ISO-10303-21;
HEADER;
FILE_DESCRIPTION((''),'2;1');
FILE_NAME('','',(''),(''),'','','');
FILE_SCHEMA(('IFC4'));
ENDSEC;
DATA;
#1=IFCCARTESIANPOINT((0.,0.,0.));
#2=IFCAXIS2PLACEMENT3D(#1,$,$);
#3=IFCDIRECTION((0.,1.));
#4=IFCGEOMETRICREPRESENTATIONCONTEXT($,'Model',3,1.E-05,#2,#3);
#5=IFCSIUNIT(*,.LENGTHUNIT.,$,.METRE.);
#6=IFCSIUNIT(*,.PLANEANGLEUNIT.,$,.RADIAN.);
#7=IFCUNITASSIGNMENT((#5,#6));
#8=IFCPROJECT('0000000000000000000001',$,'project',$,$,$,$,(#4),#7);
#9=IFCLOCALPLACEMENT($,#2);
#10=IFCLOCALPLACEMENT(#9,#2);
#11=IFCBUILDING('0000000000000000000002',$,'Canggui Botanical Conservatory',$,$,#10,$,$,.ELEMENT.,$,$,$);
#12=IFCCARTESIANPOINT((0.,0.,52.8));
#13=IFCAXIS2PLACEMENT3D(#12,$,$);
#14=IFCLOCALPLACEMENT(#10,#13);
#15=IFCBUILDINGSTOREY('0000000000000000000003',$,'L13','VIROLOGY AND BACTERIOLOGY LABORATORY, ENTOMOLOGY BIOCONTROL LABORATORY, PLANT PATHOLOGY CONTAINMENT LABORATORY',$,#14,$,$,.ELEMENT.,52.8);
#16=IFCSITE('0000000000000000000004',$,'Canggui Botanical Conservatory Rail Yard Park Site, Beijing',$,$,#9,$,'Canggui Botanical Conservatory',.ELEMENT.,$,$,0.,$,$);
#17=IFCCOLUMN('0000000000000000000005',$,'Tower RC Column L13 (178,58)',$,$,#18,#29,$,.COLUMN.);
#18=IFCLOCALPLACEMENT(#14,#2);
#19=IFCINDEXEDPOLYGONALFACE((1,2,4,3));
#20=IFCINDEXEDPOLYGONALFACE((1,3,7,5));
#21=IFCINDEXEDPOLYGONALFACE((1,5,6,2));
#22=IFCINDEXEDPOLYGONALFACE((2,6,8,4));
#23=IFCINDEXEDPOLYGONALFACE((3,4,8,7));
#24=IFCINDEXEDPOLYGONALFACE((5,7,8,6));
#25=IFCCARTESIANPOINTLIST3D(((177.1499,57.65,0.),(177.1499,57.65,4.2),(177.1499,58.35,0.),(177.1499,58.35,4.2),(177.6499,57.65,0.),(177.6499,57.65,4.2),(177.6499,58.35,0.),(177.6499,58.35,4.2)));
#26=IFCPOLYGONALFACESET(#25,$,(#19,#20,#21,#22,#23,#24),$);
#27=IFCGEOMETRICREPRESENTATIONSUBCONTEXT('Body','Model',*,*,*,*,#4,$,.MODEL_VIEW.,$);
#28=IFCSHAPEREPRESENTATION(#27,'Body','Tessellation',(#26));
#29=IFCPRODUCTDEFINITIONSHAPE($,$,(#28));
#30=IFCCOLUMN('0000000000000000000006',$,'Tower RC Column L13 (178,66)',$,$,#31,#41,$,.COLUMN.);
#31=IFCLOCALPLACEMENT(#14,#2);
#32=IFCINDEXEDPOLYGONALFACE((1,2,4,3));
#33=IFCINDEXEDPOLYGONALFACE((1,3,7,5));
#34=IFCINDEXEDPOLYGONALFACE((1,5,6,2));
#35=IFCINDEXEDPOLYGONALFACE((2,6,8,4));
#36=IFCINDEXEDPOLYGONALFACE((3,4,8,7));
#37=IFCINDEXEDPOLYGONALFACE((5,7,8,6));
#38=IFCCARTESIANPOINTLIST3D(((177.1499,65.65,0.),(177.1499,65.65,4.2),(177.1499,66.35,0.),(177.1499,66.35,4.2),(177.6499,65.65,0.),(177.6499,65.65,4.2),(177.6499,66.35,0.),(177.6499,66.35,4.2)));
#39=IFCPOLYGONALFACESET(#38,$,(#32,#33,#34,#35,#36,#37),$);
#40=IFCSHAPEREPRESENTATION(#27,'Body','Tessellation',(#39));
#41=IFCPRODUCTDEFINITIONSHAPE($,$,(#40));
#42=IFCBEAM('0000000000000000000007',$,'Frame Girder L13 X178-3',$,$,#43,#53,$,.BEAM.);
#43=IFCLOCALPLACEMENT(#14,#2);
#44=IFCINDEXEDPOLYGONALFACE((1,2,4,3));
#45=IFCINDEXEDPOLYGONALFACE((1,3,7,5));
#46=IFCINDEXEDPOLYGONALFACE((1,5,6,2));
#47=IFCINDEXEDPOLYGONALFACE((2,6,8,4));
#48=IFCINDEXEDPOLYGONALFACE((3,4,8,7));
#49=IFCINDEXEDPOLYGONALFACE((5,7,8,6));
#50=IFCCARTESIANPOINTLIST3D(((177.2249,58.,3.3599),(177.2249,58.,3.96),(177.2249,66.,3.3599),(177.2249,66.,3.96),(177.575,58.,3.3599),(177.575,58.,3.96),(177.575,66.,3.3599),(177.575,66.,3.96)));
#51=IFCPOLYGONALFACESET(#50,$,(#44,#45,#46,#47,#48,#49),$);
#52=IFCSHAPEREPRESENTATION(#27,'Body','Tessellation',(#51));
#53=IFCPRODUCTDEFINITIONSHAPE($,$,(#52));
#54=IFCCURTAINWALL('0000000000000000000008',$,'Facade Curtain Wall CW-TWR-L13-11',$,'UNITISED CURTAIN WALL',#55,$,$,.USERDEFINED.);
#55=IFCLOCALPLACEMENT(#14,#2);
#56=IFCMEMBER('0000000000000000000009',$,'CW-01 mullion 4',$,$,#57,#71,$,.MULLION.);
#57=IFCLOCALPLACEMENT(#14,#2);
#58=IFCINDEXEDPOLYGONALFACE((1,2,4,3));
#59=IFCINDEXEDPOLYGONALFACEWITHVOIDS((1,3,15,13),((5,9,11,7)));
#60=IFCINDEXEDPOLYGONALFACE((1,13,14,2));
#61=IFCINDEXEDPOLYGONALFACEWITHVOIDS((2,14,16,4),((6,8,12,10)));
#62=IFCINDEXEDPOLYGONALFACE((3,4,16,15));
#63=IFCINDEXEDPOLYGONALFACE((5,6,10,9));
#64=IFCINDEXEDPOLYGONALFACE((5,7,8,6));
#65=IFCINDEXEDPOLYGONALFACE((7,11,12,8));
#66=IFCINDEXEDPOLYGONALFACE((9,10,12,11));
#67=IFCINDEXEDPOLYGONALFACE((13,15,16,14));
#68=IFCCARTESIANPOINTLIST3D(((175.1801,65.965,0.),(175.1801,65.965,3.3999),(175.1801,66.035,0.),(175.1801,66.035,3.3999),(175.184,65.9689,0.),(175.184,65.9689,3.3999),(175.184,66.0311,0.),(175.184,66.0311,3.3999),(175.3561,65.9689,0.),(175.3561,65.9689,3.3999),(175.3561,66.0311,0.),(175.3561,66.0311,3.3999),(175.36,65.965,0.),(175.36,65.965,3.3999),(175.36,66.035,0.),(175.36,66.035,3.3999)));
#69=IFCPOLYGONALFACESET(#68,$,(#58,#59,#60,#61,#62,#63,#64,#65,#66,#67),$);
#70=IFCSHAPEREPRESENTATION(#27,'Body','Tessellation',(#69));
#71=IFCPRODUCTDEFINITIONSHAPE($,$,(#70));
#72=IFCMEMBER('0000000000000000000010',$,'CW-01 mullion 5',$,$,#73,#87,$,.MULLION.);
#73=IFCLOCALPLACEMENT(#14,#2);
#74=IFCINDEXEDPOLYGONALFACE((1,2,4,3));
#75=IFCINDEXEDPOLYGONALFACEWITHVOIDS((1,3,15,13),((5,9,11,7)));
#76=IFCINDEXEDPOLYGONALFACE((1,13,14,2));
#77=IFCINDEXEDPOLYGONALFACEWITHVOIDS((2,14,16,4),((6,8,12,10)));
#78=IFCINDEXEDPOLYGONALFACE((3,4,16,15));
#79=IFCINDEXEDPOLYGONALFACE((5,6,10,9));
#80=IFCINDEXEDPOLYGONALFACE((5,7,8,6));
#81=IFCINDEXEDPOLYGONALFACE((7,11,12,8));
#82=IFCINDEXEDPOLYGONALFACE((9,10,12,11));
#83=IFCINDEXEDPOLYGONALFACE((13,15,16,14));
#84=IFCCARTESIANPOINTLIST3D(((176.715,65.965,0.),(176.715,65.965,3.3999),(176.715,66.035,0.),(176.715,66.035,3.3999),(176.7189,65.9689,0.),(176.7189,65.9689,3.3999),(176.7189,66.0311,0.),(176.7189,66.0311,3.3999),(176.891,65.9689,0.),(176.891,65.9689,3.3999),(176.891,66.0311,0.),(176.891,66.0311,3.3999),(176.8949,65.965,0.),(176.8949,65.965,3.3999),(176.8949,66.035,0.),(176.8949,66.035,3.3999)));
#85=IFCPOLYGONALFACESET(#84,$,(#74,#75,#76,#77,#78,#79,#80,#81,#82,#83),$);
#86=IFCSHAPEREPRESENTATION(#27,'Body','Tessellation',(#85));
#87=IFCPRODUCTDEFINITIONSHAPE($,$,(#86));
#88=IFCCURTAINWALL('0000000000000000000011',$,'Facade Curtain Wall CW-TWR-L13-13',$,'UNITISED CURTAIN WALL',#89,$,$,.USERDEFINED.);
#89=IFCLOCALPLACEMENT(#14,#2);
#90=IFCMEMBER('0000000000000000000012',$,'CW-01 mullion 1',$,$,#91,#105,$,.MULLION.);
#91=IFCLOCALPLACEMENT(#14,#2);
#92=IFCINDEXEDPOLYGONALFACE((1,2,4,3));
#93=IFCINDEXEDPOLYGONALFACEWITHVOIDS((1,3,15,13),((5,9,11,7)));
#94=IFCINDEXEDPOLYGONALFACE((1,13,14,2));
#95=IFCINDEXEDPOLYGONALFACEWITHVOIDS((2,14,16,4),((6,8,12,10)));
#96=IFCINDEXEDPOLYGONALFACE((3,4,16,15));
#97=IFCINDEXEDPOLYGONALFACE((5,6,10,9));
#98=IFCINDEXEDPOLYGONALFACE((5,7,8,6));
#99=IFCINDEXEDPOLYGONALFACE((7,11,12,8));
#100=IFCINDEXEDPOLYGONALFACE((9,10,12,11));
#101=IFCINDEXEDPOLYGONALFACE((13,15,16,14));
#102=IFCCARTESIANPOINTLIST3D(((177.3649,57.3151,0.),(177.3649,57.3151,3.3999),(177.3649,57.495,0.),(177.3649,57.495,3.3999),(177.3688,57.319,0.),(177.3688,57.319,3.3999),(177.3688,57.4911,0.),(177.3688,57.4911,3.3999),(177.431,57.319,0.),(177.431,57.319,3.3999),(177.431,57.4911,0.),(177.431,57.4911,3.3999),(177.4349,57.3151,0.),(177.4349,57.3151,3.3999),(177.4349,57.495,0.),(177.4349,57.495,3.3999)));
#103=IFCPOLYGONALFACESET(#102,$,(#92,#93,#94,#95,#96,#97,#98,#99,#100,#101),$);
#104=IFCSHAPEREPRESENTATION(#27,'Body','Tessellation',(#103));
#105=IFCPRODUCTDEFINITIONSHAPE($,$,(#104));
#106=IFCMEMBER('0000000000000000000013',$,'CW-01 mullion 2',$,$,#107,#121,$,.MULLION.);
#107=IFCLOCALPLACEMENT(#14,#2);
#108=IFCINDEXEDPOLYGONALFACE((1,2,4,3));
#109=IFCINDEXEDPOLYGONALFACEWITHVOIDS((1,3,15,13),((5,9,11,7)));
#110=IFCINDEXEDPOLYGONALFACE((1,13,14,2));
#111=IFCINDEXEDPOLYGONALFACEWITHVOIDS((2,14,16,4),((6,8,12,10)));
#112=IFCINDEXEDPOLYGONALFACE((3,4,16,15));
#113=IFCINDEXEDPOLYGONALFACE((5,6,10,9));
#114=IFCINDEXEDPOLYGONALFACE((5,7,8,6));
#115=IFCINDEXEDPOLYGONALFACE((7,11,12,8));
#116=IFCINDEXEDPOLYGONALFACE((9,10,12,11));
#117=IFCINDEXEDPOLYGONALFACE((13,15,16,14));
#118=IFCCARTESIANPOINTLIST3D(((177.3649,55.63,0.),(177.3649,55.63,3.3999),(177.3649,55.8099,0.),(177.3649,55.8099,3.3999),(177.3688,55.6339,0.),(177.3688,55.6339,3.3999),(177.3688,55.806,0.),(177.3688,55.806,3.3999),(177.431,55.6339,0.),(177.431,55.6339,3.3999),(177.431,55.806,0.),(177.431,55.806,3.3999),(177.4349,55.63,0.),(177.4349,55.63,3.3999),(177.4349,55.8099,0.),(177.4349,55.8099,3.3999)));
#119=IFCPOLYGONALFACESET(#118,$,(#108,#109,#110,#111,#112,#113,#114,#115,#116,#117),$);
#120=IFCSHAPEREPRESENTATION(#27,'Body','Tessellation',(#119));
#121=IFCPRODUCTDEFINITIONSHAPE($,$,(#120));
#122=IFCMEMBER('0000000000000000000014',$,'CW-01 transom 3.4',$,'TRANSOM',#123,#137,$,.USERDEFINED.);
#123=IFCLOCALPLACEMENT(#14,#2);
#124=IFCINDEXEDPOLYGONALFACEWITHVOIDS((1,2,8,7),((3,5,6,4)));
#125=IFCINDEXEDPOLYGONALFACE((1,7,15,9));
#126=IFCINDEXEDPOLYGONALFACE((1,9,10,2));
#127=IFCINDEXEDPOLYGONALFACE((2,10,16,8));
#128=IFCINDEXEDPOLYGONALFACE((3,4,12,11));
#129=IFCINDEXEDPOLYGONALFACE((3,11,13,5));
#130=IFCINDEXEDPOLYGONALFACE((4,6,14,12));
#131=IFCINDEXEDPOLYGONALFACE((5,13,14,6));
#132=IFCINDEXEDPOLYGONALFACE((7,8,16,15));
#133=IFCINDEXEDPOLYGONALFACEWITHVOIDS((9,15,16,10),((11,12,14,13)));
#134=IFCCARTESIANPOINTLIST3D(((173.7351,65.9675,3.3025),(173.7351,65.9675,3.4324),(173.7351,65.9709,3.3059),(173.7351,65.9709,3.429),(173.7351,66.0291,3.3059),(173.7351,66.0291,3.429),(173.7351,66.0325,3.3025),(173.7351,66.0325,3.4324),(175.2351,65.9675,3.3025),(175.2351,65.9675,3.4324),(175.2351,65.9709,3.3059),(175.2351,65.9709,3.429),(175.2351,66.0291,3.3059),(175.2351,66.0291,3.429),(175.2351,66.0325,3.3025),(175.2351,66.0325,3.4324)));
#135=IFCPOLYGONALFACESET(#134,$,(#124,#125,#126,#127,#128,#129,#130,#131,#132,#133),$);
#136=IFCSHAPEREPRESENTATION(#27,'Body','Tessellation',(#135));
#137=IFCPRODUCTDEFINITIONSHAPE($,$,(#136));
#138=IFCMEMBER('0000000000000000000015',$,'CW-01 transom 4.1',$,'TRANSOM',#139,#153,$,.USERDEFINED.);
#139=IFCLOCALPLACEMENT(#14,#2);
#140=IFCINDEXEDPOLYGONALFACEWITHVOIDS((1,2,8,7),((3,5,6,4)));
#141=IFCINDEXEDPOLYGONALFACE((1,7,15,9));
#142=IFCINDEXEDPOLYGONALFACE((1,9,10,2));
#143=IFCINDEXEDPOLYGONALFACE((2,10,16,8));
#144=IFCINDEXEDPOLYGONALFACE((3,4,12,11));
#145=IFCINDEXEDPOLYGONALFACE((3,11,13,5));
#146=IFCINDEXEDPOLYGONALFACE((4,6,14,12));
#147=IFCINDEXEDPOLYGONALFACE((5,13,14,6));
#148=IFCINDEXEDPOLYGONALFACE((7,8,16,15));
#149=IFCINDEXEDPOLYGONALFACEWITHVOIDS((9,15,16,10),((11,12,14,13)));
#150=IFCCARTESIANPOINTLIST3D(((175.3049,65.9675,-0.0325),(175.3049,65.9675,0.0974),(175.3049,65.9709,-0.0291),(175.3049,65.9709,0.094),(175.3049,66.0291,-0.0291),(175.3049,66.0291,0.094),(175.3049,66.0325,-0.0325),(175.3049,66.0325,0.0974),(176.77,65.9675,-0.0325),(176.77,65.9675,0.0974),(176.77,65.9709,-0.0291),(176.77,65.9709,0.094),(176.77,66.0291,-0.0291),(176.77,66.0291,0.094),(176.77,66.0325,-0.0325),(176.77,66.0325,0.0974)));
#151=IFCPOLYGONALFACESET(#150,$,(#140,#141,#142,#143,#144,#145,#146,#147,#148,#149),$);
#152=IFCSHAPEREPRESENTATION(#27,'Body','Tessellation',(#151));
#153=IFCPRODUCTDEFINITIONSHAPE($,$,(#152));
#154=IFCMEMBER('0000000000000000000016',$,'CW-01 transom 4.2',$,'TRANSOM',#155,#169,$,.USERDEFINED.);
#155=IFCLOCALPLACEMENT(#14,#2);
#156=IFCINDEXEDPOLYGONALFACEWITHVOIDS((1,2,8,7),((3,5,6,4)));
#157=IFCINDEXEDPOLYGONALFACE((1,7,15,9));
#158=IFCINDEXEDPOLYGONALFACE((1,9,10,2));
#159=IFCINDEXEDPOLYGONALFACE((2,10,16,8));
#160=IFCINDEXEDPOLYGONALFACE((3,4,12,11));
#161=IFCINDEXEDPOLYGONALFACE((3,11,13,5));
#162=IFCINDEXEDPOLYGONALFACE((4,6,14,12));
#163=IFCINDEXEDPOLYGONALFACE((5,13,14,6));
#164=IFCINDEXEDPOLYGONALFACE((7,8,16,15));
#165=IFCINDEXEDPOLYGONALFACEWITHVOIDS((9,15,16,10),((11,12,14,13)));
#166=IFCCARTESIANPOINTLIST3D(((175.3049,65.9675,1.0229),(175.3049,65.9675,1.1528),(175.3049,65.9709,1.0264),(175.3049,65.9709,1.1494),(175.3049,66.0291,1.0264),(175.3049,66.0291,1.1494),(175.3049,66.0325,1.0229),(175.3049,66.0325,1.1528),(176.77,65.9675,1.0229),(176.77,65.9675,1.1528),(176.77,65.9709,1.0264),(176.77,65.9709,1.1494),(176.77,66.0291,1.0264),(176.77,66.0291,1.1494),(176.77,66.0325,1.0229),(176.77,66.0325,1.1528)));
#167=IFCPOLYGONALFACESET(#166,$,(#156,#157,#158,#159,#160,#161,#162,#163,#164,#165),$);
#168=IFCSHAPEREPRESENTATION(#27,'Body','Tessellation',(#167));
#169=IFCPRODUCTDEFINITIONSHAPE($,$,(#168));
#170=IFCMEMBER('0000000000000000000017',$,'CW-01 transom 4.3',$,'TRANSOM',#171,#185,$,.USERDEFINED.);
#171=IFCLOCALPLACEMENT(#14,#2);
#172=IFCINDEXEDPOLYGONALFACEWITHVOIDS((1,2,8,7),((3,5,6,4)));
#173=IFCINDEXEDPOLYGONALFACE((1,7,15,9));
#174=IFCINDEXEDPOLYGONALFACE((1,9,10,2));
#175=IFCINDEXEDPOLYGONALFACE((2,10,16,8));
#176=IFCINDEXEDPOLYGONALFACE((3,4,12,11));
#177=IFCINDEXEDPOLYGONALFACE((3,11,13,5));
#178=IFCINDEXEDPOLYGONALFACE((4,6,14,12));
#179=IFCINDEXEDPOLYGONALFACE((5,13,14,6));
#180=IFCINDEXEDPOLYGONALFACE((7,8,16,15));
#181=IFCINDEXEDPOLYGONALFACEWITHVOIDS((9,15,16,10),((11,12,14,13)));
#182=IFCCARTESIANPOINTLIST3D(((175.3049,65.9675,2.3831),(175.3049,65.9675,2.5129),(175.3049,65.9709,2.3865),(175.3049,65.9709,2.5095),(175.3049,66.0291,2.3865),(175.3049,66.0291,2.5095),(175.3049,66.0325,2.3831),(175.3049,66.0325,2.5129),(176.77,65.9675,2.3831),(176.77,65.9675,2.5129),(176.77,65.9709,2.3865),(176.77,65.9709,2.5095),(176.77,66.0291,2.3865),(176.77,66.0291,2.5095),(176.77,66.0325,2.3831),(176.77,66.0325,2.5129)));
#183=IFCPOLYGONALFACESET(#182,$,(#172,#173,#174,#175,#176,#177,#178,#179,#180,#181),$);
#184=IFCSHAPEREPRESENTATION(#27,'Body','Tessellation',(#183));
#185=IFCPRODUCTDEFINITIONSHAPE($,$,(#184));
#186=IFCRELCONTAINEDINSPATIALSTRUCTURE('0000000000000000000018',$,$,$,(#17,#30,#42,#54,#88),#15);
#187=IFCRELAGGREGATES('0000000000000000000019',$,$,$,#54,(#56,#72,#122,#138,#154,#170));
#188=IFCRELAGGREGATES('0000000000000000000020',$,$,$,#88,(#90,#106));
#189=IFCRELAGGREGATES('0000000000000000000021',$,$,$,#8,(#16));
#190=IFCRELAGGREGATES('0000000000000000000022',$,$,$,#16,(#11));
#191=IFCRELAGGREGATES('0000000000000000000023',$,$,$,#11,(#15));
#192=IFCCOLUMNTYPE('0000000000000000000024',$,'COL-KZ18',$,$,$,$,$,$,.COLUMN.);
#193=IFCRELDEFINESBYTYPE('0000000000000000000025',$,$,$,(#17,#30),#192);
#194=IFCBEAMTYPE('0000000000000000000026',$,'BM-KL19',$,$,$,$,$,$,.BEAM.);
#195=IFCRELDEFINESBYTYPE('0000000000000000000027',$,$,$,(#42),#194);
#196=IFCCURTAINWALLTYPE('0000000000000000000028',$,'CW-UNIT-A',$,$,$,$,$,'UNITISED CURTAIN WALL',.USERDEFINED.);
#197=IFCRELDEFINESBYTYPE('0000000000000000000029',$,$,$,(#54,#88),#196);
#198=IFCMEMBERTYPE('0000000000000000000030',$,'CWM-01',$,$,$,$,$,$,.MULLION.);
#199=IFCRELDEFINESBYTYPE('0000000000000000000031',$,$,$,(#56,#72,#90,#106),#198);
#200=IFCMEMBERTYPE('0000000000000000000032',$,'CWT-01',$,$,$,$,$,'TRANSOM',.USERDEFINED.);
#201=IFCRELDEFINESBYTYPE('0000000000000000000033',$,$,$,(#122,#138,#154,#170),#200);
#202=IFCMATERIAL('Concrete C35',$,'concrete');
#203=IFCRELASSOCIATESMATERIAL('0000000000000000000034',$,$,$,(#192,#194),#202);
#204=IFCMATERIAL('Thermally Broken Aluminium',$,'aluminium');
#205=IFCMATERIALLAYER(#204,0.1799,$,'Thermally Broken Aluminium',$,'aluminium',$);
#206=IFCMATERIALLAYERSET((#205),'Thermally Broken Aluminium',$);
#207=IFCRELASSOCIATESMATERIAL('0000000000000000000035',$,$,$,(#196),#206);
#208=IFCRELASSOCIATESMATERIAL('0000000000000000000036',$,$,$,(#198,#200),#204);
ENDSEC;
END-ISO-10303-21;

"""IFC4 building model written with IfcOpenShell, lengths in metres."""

from ifc_helpers import new_model, si_unit, direction, frame, origin, origin_2d, place, context, subcontext, project, spatial, rectangle, hollow_rectangle, extrude, material, layer, layer_set, material_profile, profile_set, type_object, element, aggregate, save


model = new_model("IFC4")

# Units and contexts
model_context = context("Model", 3, precision=1e-05, world=origin(), true_north=direction((0.0, 1.0)))
body_context = subcontext(model_context, "Body", "Model", "MODEL_VIEW")
ifc_project = project(units=[si_unit("LENGTHUNIT", "METRE"), si_unit("PLANEANGLEUNIT", "RADIAN")], contexts=[model_context])

# Site, building, storey
site_placement = place(None, origin())
site = spatial("IfcSite", under=ifc_project, at=site_placement, Name="Canggui Botanical Conservatory Rail Yard Park Site, Beijing", LongName="Canggui Botanical Conservatory", CompositionType="ELEMENT", RefElevation=0.0)
building_placement = place(site_placement, origin())
building = spatial("IfcBuilding", under=site, at=building_placement, Name="Canggui Botanical Conservatory", CompositionType="ELEMENT")
storey_placement = place(building_placement, frame((0.0, 0.0, 52.8)))
storey = spatial("IfcBuildingStorey", under=building, at=storey_placement, Name="L13", Description="VIROLOGY AND BACTERIOLOGY LABORATORY, ENTOMOLOGY BIOCONTROL LABORATORY, PLANT PATHOLOGY CONTAINMENT LABORATORY", CompositionType="ELEMENT", Elevation=52.8)

# Columns
ifc_material_1 = material(Name="Concrete C35", Category="concrete")
ifc_material_profile_1 = material_profile(ifc_material_1, rectangle(XDim=0.5, YDim=0.7, at=origin_2d()), Name="RC 500x700")
ifc_profile_set_1 = profile_set([ifc_material_profile_1], Name="Concrete C35")
column_type = type_object("IfcColumnType", Name="COL-KZ18", PredefinedType="COLUMN", material=ifc_profile_set_1)
for number, where, z_axis, x_axis, name in (
    (1, (177.3999, 58.0, 0.0), (0.0, 0.0, 1.0), (1.0, 0.0, 0.0), "Tower RC Column L13 (178,58)"),
    (2, (177.3999, 66.0, 0.0), (0.0, 0.0, 1.0), (1.0, 0.0, 0.0), "Tower RC Column L13 (178,66)"),
):
    element("IfcColumn", number, at=place(storey_placement, frame(where, z_axis=z_axis, x_axis=x_axis)), inside=storey, type_object=column_type, Name=name, PredefinedType="COLUMN", context=body_context, shape_type="SweptSolid", body=[
        extrude(rectangle(XDim=0.5, YDim=0.7, at=origin_2d()), origin(), (0.0, 0.0, 1.0), 4.2),
    ])

# Beam
ifc_material_profile_2 = material_profile(ifc_material_1, rectangle(XDim=0.3501, YDim=0.6001, at=origin_2d()), Name="RB 350x600")
ifc_profile_set_2 = profile_set([ifc_material_profile_2], Name="Concrete C35")
beam_type = type_object("IfcBeamType", Name="BM-KL19", PredefinedType="BEAM", material=ifc_profile_set_2)
beam_placement = place(storey_placement, frame((177.3999, 58.0, 3.6599), z_axis=(0.0, 1.0, 0.0), x_axis=(-1.0, 0.0, 0.0)))
element("IfcBeam", 3, at=beam_placement, inside=storey, type_object=beam_type, Name="Frame Girder L13 X178-3", PredefinedType="BEAM", context=body_context, shape_type="SweptSolid", body=[
    extrude(rectangle(XDim=0.3501, YDim=0.6001, at=origin_2d()), origin(), (0.0, 0.0, 1.0), 8.0),
])

# Curtain walls, members
ifc_material_2 = material(Name="Thermally Broken Aluminium", Category="aluminium")
ifc_layer_1 = layer(ifc_material_2, 0.1799, Name="Thermally Broken Aluminium", Category="aluminium")
ifc_layer_set_1 = layer_set([ifc_layer_1], Name="Thermally Broken Aluminium")
curtain_wall_type = type_object("IfcCurtainWallType", Name="CW-UNIT-A", ElementType="UNITISED CURTAIN WALL", PredefinedType="USERDEFINED", material=ifc_layer_set_1)
curtain_wall_1_placement = place(storey_placement, origin())
curtain_wall_1 = element("IfcCurtainWall", 4, at=curtain_wall_1_placement, inside=storey, type_object=curtain_wall_type, Name="Facade Curtain Wall CW-TWR-L13-11", ObjectType="UNITISED CURTAIN WALL", PredefinedType="USERDEFINED")
ifc_material_profile_3 = material_profile(ifc_material_2, hollow_rectangle(XDim=0.0701, YDim=0.1799, WallThickness=0.0039, at=origin_2d()), Name="CWM 70x180x4")
ifc_profile_set_3 = profile_set([ifc_material_profile_3], Name="Thermally Broken Aluminium")
member_type_1 = type_object("IfcMemberType", Name="CWM-01", PredefinedType="MULLION", material=ifc_profile_set_3)
member_1_placement = place(storey_placement, frame((175.27, 66.0, 0.0), z_axis=(0.0, 0.0, 1.0), x_axis=(0.0, 1.0, 0.0)))
member_1 = element("IfcMember", 5, at=member_1_placement, type_object=member_type_1, Name="CW-01 mullion 4", PredefinedType="MULLION", context=body_context, shape_type="SweptSolid", body=[
    extrude(hollow_rectangle(XDim=0.0701, YDim=0.1799, WallThickness=0.0039, at=origin_2d()), origin(), (0.0, 0.0, 1.0), 3.3999),
])
member_2_placement = place(storey_placement, frame((176.8049, 66.0, 0.0), z_axis=(0.0, 0.0, 1.0), x_axis=(0.0, 1.0, 0.0)))
member_2 = element("IfcMember", 6, at=member_2_placement, type_object=member_type_1, Name="CW-01 mullion 5", PredefinedType="MULLION", context=body_context, shape_type="SweptSolid", body=[
    extrude(hollow_rectangle(XDim=0.0701, YDim=0.1799, WallThickness=0.0039, at=origin_2d()), origin(), (0.0, 0.0, 1.0), 3.3999),
])
curtain_wall_2_placement = place(storey_placement, origin())
curtain_wall_2 = element("IfcCurtainWall", 7, at=curtain_wall_2_placement, inside=storey, type_object=curtain_wall_type, Name="Facade Curtain Wall CW-TWR-L13-13", ObjectType="UNITISED CURTAIN WALL", PredefinedType="USERDEFINED")
member_3_placement = place(storey_placement, frame((177.3999, 57.405, 0.0), z_axis=(0.0, 0.0, 1.0), x_axis=(1.0, 0.0, 0.0)))
member_3 = element("IfcMember", 8, at=member_3_placement, type_object=member_type_1, Name="CW-01 mullion 1", PredefinedType="MULLION", context=body_context, shape_type="SweptSolid", body=[
    extrude(hollow_rectangle(XDim=0.0701, YDim=0.1799, WallThickness=0.0039, at=origin_2d()), origin(), (0.0, 0.0, 1.0), 3.3999),
])
member_4_placement = place(storey_placement, frame((177.3999, 55.72, 0.0), z_axis=(0.0, 0.0, 1.0), x_axis=(1.0, 0.0, 0.0)))
member_4 = element("IfcMember", 9, at=member_4_placement, type_object=member_type_1, Name="CW-01 mullion 2", PredefinedType="MULLION", context=body_context, shape_type="SweptSolid", body=[
    extrude(hollow_rectangle(XDim=0.0701, YDim=0.1799, WallThickness=0.0039, at=origin_2d()), origin(), (0.0, 0.0, 1.0), 3.3999),
])

# Members
ifc_material_profile_4 = material_profile(ifc_material_2, hollow_rectangle(XDim=0.0649, YDim=0.1299, WallThickness=0.0034, at=origin_2d()), Name="CWT 65x130x3.5")
ifc_profile_set_4 = profile_set([ifc_material_profile_4], Name="Thermally Broken Aluminium")
member_type_2 = type_object("IfcMemberType", Name="CWT-01", ElementType="TRANSOM", PredefinedType="USERDEFINED", material=ifc_profile_set_4)
member_5_placement = place(storey_placement, frame((173.7351, 66.0, 3.3674), z_axis=(1.0, 0.0, 0.0), x_axis=(0.0, 1.0, 0.0)))
member_5 = element("IfcMember", 10, at=member_5_placement, type_object=member_type_2, Name="CW-01 transom 3.4", ObjectType="TRANSOM", PredefinedType="USERDEFINED", context=body_context, shape_type="SweptSolid", body=[
    extrude(hollow_rectangle(XDim=0.0649, YDim=0.1299, WallThickness=0.0034, at=origin_2d()), origin(), (0.0, 0.0, 1.0), 1.5),
])
member_6_placement = place(storey_placement, frame((175.3049, 66.0, 0.0325), z_axis=(1.0, 0.0, 0.0), x_axis=(0.0, 1.0, 0.0)))
member_6 = element("IfcMember", 11, at=member_6_placement, type_object=member_type_2, Name="CW-01 transom 4.1", ObjectType="TRANSOM", PredefinedType="USERDEFINED", context=body_context, shape_type="SweptSolid", body=[
    extrude(hollow_rectangle(XDim=0.0649, YDim=0.1299, WallThickness=0.0034, at=origin_2d()), origin(), (0.0, 0.0, 1.0), 1.4651),
])
member_7_placement = place(storey_placement, frame((175.3049, 66.0, 1.0879), z_axis=(1.0, 0.0, 0.0), x_axis=(0.0, 1.0, 0.0)))
member_7 = element("IfcMember", 12, at=member_7_placement, type_object=member_type_2, Name="CW-01 transom 4.2", ObjectType="TRANSOM", PredefinedType="USERDEFINED", context=body_context, shape_type="SweptSolid", body=[
    extrude(hollow_rectangle(XDim=0.0649, YDim=0.1299, WallThickness=0.0034, at=origin_2d()), origin(), (0.0, 0.0, 1.0), 1.4651),
])
member_8_placement = place(storey_placement, frame((175.3049, 66.0, 2.448), z_axis=(1.0, 0.0, 0.0), x_axis=(0.0, 1.0, 0.0)))
member_8 = element("IfcMember", 13, at=member_8_placement, type_object=member_type_2, Name="CW-01 transom 4.3", ObjectType="TRANSOM", PredefinedType="USERDEFINED", context=body_context, shape_type="SweptSolid", body=[
    extrude(hollow_rectangle(XDim=0.0649, YDim=0.1299, WallThickness=0.0034, at=origin_2d()), origin(), (0.0, 0.0, 1.0), 1.4651),
])

aggregate(curtain_wall_1, [member_1, member_2, member_5, member_6, member_7, member_8])
aggregate(curtain_wall_2, [member_3, member_4])

save(model, "model.ifc")
